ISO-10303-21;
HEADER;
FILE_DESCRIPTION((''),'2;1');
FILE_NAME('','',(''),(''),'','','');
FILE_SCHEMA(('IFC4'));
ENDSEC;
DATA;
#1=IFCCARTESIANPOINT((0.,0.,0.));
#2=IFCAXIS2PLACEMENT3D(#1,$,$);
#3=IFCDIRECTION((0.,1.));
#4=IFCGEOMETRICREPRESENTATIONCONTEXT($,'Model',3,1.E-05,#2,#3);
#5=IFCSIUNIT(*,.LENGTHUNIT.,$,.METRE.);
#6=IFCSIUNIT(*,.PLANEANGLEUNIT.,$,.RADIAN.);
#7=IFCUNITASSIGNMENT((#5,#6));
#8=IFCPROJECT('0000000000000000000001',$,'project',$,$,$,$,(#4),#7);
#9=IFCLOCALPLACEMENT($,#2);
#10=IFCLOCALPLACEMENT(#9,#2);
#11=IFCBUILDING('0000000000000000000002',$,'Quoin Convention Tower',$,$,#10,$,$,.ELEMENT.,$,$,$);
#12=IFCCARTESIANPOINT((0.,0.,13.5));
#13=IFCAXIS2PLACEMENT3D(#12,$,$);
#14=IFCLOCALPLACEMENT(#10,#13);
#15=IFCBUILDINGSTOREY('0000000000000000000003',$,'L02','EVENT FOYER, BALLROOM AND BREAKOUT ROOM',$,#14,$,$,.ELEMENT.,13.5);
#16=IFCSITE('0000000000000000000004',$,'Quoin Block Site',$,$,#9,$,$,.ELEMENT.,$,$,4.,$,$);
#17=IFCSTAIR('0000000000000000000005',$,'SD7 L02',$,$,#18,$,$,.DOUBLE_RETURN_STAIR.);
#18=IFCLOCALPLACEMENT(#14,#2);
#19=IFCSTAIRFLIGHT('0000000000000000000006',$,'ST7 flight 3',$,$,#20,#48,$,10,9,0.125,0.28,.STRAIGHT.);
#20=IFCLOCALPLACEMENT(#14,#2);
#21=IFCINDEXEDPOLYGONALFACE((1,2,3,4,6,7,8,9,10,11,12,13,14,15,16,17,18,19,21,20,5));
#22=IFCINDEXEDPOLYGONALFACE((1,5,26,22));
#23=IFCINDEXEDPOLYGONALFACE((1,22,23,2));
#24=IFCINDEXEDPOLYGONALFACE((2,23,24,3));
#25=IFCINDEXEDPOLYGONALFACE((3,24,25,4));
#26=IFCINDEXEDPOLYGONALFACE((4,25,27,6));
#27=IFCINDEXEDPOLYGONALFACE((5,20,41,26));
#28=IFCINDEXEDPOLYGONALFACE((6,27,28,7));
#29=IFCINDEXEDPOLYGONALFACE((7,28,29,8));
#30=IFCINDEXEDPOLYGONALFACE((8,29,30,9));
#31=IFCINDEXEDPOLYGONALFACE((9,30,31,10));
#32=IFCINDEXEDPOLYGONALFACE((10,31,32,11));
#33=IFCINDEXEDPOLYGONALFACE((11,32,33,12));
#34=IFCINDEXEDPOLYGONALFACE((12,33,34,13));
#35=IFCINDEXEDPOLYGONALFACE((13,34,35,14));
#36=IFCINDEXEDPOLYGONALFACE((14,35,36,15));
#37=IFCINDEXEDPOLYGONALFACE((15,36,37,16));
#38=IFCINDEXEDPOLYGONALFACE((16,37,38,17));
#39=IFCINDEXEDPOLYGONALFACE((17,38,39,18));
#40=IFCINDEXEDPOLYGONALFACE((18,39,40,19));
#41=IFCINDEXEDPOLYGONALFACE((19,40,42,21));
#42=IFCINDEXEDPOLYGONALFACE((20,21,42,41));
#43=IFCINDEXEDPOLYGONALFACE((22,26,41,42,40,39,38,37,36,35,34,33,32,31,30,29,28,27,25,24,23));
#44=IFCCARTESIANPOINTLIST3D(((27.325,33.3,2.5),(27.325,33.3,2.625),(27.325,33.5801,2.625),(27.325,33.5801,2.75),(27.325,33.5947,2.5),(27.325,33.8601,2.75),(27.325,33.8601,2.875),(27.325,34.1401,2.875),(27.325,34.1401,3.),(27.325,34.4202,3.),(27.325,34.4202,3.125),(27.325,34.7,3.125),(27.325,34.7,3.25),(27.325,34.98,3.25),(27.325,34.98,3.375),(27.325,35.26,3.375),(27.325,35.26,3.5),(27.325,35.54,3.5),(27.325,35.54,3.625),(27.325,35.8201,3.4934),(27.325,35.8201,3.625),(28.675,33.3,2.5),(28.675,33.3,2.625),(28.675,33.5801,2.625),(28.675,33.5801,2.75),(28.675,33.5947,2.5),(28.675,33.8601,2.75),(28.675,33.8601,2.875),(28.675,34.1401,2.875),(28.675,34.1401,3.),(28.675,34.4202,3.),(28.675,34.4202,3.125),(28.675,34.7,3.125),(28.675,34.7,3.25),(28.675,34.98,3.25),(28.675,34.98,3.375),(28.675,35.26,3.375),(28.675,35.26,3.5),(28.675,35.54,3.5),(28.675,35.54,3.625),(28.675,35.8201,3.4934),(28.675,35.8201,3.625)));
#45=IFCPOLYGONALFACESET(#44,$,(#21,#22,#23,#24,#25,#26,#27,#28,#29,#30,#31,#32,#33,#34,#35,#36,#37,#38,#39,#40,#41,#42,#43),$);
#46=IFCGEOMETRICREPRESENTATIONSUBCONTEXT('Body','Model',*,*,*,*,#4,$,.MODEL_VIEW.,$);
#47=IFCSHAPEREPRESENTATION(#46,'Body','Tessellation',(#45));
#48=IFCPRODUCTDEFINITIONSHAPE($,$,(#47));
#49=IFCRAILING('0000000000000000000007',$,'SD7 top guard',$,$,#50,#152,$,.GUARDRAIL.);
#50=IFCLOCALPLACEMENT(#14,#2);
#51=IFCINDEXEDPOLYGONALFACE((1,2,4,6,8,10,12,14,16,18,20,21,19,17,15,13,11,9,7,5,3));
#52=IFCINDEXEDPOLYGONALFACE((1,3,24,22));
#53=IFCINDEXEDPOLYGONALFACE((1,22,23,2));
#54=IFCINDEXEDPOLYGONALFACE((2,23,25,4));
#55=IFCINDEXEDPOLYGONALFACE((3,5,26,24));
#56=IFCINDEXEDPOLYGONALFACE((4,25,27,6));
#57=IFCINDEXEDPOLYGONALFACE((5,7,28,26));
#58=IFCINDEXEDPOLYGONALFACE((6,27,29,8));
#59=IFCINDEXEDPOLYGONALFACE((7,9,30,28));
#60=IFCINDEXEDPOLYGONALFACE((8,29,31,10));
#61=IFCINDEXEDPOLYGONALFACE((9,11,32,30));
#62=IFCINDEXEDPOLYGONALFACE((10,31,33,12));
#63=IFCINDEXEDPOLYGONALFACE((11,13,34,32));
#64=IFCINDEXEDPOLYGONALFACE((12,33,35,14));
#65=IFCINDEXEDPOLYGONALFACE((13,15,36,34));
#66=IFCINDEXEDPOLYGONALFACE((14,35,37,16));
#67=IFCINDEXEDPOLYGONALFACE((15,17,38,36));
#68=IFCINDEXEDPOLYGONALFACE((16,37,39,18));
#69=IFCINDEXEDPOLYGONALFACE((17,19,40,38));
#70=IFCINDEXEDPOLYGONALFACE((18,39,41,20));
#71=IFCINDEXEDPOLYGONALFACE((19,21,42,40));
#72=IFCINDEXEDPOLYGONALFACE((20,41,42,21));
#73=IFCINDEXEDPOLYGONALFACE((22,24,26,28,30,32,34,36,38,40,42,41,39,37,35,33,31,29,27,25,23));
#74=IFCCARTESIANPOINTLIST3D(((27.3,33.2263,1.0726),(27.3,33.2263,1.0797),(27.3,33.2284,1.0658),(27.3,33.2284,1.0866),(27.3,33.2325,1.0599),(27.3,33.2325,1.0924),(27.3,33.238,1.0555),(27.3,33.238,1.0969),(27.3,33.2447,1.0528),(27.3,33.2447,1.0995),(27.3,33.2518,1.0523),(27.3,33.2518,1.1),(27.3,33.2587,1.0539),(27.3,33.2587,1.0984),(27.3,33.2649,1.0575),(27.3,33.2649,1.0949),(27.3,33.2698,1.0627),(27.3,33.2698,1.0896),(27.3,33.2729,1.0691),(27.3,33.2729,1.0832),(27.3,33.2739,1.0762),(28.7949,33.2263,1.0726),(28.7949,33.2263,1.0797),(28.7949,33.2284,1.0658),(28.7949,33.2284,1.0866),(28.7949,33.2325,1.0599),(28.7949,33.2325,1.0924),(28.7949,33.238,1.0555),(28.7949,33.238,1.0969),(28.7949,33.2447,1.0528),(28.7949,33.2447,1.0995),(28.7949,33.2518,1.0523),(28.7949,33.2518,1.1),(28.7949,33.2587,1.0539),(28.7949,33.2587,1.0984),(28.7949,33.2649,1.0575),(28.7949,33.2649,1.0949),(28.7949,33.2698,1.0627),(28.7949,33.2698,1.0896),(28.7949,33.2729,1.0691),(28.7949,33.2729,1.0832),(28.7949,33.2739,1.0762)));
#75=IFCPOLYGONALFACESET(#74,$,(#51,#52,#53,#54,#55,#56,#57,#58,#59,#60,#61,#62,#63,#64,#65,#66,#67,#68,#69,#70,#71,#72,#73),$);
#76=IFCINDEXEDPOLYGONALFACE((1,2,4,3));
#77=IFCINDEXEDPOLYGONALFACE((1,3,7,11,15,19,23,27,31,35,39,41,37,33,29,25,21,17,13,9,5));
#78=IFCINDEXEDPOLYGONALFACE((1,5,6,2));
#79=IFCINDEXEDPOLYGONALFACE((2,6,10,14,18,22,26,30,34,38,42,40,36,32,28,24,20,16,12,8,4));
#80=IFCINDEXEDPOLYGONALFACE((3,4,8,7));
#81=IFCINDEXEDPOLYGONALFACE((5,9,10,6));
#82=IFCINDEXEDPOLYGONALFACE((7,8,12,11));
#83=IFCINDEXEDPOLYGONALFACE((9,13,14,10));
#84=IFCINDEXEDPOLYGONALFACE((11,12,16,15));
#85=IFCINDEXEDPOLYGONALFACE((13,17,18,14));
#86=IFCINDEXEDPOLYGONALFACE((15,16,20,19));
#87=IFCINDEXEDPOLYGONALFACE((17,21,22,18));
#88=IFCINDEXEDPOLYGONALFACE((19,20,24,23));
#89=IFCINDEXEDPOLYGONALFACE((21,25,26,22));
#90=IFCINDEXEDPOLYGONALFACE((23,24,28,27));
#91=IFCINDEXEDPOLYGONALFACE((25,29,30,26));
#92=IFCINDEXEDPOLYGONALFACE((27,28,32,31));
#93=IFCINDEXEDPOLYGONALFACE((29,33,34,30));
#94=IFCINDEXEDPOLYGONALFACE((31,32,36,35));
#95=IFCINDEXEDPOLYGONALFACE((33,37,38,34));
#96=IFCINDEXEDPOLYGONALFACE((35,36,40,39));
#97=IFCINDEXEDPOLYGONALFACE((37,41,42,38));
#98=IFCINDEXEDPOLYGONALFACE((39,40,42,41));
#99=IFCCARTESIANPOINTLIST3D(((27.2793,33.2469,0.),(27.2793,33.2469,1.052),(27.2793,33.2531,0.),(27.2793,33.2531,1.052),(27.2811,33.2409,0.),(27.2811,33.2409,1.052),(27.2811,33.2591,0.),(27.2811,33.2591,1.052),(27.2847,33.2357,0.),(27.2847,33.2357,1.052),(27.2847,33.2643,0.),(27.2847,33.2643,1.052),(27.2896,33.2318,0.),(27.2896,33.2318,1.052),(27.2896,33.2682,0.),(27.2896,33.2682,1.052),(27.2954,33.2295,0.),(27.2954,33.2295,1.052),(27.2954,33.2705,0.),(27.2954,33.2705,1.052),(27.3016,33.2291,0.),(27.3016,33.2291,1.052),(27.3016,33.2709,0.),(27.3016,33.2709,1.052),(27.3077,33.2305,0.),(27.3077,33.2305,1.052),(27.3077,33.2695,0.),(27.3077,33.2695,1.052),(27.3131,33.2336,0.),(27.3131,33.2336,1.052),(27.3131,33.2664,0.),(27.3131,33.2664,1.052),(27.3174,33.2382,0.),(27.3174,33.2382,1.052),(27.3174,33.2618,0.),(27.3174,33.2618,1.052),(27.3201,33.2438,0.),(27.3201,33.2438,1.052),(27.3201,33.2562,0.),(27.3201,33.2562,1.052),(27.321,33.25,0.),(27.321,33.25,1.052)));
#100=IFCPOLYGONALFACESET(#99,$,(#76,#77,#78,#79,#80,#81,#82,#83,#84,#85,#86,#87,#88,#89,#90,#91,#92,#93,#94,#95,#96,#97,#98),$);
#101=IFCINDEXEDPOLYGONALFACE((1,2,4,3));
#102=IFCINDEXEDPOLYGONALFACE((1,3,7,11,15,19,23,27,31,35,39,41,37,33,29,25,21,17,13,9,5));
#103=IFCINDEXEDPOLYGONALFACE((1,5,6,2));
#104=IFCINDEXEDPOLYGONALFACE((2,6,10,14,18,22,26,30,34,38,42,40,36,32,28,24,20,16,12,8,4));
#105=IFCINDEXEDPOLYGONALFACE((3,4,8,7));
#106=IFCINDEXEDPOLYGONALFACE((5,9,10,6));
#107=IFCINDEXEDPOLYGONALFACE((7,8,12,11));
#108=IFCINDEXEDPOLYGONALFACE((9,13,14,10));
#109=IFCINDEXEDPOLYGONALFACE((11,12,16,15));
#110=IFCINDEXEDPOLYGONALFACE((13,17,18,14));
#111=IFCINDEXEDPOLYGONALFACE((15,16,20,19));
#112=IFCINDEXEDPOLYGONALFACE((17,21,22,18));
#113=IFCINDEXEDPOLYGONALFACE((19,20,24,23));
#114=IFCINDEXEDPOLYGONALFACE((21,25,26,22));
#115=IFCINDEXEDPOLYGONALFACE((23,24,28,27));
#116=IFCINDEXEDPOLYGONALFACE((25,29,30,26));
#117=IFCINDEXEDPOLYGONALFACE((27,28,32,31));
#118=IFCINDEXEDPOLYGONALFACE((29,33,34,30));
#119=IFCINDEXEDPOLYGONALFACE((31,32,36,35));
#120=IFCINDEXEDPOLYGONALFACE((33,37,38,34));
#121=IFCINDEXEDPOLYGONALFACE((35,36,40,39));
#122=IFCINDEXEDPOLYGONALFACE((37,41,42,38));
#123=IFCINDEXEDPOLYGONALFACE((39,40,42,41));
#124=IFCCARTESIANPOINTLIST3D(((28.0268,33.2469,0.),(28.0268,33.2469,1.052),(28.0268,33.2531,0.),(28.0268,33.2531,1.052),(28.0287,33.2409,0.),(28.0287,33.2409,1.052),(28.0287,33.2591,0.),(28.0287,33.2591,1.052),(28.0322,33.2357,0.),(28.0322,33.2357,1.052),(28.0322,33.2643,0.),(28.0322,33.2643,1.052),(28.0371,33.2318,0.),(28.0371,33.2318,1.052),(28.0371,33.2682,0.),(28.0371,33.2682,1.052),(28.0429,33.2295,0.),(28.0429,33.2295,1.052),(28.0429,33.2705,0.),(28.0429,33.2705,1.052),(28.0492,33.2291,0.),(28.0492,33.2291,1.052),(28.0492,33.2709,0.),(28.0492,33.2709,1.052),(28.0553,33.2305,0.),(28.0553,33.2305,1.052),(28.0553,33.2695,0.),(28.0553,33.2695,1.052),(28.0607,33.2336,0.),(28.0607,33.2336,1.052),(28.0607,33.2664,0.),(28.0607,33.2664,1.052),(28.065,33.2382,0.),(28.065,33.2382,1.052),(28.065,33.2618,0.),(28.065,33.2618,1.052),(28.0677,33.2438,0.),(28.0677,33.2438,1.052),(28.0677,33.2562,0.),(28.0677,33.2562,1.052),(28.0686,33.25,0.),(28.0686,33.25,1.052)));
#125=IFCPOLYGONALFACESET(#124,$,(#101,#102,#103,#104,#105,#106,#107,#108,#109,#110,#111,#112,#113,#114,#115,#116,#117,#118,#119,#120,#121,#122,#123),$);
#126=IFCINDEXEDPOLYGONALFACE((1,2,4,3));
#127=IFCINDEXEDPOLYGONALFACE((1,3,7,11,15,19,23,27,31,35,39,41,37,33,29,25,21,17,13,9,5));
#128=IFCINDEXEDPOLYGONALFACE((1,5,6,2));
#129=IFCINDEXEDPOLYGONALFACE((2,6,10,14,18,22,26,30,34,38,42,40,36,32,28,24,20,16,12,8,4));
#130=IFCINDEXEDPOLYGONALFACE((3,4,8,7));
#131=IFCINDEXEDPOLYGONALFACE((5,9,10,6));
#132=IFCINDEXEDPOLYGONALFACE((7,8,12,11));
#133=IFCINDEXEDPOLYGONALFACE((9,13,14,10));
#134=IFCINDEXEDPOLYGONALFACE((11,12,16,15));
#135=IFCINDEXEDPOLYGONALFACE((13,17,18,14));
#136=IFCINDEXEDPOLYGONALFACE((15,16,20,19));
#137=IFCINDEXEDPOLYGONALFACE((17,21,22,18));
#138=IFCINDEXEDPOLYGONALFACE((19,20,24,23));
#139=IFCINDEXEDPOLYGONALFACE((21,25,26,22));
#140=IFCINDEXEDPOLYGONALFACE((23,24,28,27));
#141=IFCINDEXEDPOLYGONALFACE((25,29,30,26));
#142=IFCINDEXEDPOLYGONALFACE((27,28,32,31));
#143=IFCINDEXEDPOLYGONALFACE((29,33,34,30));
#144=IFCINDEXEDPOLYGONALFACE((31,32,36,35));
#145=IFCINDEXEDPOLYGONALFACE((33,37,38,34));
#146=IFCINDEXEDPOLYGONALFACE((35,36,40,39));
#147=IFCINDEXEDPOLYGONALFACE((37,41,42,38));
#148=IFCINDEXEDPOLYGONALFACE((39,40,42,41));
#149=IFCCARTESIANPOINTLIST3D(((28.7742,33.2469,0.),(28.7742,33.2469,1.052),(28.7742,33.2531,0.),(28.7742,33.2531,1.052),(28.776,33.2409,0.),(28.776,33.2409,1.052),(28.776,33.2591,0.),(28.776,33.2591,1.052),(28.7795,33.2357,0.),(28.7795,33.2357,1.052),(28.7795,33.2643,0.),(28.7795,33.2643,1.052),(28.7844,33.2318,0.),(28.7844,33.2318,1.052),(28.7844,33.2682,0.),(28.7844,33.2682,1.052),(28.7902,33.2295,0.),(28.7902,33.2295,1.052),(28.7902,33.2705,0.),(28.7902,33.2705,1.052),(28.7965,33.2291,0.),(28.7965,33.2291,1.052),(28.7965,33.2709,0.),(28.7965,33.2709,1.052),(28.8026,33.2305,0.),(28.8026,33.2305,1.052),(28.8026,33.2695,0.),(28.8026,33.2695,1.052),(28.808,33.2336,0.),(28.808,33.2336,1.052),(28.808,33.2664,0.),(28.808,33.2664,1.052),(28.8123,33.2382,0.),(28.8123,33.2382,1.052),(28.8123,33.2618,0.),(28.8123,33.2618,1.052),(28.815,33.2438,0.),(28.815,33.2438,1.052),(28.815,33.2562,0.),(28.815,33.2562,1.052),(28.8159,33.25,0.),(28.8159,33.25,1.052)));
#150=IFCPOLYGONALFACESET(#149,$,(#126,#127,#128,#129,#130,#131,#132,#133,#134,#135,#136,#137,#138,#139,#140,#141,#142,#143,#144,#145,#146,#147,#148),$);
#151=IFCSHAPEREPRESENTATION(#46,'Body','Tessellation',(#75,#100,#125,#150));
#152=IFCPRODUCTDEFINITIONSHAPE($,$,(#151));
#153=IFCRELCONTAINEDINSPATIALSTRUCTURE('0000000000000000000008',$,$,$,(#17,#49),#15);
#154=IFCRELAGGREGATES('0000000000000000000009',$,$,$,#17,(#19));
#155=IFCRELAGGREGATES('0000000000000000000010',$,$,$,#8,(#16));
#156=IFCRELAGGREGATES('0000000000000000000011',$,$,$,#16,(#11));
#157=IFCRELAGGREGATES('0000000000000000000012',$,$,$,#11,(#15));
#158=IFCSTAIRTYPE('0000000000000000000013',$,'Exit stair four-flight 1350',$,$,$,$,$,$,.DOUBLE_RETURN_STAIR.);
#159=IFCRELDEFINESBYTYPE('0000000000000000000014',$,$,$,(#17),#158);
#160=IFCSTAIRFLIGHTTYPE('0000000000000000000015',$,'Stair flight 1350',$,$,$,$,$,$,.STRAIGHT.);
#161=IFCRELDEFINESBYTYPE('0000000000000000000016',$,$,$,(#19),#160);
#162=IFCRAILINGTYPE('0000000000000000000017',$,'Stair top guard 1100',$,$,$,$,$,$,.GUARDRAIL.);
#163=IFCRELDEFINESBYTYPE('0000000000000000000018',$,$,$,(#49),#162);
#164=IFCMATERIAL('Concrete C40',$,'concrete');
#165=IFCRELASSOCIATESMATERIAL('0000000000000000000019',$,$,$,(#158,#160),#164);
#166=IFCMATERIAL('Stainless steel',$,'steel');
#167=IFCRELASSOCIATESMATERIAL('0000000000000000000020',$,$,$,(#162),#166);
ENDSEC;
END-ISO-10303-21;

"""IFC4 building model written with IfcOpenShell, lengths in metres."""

from ifc_helpers import new_model, si_unit, direction, frame, origin, origin_2d, place, context, subcontext, project, spatial, polyline, circle, outline, extrude, material, type_object, element, aggregate, save


model = new_model("IFC4")

# Units and contexts
model_context = context("Model", 3, precision=1e-05, world=origin(), true_north=direction((0.0, 1.0)))
body_context = subcontext(model_context, "Body", "Model", "MODEL_VIEW")
ifc_project = project(units=[si_unit("LENGTHUNIT", "METRE"), si_unit("PLANEANGLEUNIT", "RADIAN")], contexts=[model_context])

# Site, building, storey
site_placement = place(None, origin())
site = spatial("IfcSite", under=ifc_project, at=site_placement, Name="Quoin Block Site", CompositionType="ELEMENT", RefElevation=4.0)
building_placement = place(site_placement, origin())
building = spatial("IfcBuilding", under=site, at=building_placement, Name="Quoin Convention Tower", CompositionType="ELEMENT")
storey_placement = place(building_placement, frame((0.0, 0.0, 13.5)))
storey = spatial("IfcBuildingStorey", under=building, at=storey_placement, Name="L02", Description="EVENT FOYER, BALLROOM AND BREAKOUT ROOM", CompositionType="ELEMENT", Elevation=13.5)

# Stair, stair flight
ifc_material_1 = material(Name="Concrete C40", Category="concrete")
stair_type = type_object("IfcStairType", Name="Exit stair four-flight 1350", PredefinedType="DOUBLE_RETURN_STAIR", material=ifc_material_1)
stair_placement = place(storey_placement, origin())
stair = element("IfcStair", 1, at=stair_placement, inside=storey, type_object=stair_type, Name="SD7 L02", PredefinedType="DOUBLE_RETURN_STAIR")
stair_flight_type = type_object("IfcStairFlightType", Name="Stair flight 1350", PredefinedType="STRAIGHT", material=ifc_material_1)
stair_flight_1_placement = place(storey_placement, frame((28.0, 33.3, 2.5), z_axis=(0.0, 0.0, 1.0), x_axis=(0.0, 1.0, 0.0)))
stair_flight_1 = element("IfcStairFlight", 2, at=stair_flight_1_placement, type_object=stair_flight_type, Name="ST7 flight 3", NumberOfRisers=10, NumberOfTreads=9, PredefinedType="STRAIGHT", RiserHeight=0.125, TreadLength=0.28, context=body_context, shape_type="SweptSolid", body=[
    extrude(outline(polyline([(0.0, 0.0), (0.0, 0.125), (0.28, 0.125), (0.28, 0.25), (0.5601, 0.25), (0.5601, 0.375), (0.8401, 0.375), (0.8401, 0.5), (1.1201, 0.5), (1.1201, 0.625), (1.3999, 0.625), (1.3999, 0.75), (1.6799, 0.75), (1.6799, 0.875), (1.96, 0.875), (1.96, 1.0), (2.24, 1.0), (2.24, 1.125), (2.52, 1.125), (2.52, 1.25), (2.52, 0.9934), (0.2947, 0.0), (0.0, 0.0)])), frame((0.0, 0.675, 0.0), z_axis=(0.0, -1.0, 0.0), x_axis=(1.0, 0.0, 0.0)), (0.0, 0.0, 1.0), 1.3501),
])
aggregate(stair, [stair_flight_1])

# Railing
ifc_material_2 = material(Name="Stainless steel", Category="steel")
railing_type_1 = type_object("IfcRailingType", Name="Stair top guard 1100", PredefinedType="GUARDRAIL", material=ifc_material_2)
railing_1_placement = place(storey_placement, frame((27.3, 33.25, 0.0)))
element("IfcRailing", 3, at=railing_1_placement, inside=storey, type_object=railing_type_1, Name="SD7 top guard", PredefinedType="GUARDRAIL", context=body_context, shape_type="SweptSolid", body=[
    extrude(circle(Radius=0.0239, at=origin_2d()), frame((0.0, 0.0, 1.0762), z_axis=(1.0, 0.0, 0.0), x_axis=(0.0, 1.0, 0.0)), (0.0, 0.0, 1.0), 1.4949),
    extrude(circle(Radius=0.021, at=origin_2d()), origin(), (0.0, 0.0, 1.0), 1.052),
    extrude(circle(Radius=0.021, at=origin_2d()), frame((0.7476, 0.0, 0.0)), (0.0, 0.0, 1.0), 1.052),
    extrude(circle(Radius=0.021, at=origin_2d()), frame((1.4949, 0.0, 0.0)), (0.0, 0.0, 1.0), 1.052),
])

save(model, "model.ifc")
